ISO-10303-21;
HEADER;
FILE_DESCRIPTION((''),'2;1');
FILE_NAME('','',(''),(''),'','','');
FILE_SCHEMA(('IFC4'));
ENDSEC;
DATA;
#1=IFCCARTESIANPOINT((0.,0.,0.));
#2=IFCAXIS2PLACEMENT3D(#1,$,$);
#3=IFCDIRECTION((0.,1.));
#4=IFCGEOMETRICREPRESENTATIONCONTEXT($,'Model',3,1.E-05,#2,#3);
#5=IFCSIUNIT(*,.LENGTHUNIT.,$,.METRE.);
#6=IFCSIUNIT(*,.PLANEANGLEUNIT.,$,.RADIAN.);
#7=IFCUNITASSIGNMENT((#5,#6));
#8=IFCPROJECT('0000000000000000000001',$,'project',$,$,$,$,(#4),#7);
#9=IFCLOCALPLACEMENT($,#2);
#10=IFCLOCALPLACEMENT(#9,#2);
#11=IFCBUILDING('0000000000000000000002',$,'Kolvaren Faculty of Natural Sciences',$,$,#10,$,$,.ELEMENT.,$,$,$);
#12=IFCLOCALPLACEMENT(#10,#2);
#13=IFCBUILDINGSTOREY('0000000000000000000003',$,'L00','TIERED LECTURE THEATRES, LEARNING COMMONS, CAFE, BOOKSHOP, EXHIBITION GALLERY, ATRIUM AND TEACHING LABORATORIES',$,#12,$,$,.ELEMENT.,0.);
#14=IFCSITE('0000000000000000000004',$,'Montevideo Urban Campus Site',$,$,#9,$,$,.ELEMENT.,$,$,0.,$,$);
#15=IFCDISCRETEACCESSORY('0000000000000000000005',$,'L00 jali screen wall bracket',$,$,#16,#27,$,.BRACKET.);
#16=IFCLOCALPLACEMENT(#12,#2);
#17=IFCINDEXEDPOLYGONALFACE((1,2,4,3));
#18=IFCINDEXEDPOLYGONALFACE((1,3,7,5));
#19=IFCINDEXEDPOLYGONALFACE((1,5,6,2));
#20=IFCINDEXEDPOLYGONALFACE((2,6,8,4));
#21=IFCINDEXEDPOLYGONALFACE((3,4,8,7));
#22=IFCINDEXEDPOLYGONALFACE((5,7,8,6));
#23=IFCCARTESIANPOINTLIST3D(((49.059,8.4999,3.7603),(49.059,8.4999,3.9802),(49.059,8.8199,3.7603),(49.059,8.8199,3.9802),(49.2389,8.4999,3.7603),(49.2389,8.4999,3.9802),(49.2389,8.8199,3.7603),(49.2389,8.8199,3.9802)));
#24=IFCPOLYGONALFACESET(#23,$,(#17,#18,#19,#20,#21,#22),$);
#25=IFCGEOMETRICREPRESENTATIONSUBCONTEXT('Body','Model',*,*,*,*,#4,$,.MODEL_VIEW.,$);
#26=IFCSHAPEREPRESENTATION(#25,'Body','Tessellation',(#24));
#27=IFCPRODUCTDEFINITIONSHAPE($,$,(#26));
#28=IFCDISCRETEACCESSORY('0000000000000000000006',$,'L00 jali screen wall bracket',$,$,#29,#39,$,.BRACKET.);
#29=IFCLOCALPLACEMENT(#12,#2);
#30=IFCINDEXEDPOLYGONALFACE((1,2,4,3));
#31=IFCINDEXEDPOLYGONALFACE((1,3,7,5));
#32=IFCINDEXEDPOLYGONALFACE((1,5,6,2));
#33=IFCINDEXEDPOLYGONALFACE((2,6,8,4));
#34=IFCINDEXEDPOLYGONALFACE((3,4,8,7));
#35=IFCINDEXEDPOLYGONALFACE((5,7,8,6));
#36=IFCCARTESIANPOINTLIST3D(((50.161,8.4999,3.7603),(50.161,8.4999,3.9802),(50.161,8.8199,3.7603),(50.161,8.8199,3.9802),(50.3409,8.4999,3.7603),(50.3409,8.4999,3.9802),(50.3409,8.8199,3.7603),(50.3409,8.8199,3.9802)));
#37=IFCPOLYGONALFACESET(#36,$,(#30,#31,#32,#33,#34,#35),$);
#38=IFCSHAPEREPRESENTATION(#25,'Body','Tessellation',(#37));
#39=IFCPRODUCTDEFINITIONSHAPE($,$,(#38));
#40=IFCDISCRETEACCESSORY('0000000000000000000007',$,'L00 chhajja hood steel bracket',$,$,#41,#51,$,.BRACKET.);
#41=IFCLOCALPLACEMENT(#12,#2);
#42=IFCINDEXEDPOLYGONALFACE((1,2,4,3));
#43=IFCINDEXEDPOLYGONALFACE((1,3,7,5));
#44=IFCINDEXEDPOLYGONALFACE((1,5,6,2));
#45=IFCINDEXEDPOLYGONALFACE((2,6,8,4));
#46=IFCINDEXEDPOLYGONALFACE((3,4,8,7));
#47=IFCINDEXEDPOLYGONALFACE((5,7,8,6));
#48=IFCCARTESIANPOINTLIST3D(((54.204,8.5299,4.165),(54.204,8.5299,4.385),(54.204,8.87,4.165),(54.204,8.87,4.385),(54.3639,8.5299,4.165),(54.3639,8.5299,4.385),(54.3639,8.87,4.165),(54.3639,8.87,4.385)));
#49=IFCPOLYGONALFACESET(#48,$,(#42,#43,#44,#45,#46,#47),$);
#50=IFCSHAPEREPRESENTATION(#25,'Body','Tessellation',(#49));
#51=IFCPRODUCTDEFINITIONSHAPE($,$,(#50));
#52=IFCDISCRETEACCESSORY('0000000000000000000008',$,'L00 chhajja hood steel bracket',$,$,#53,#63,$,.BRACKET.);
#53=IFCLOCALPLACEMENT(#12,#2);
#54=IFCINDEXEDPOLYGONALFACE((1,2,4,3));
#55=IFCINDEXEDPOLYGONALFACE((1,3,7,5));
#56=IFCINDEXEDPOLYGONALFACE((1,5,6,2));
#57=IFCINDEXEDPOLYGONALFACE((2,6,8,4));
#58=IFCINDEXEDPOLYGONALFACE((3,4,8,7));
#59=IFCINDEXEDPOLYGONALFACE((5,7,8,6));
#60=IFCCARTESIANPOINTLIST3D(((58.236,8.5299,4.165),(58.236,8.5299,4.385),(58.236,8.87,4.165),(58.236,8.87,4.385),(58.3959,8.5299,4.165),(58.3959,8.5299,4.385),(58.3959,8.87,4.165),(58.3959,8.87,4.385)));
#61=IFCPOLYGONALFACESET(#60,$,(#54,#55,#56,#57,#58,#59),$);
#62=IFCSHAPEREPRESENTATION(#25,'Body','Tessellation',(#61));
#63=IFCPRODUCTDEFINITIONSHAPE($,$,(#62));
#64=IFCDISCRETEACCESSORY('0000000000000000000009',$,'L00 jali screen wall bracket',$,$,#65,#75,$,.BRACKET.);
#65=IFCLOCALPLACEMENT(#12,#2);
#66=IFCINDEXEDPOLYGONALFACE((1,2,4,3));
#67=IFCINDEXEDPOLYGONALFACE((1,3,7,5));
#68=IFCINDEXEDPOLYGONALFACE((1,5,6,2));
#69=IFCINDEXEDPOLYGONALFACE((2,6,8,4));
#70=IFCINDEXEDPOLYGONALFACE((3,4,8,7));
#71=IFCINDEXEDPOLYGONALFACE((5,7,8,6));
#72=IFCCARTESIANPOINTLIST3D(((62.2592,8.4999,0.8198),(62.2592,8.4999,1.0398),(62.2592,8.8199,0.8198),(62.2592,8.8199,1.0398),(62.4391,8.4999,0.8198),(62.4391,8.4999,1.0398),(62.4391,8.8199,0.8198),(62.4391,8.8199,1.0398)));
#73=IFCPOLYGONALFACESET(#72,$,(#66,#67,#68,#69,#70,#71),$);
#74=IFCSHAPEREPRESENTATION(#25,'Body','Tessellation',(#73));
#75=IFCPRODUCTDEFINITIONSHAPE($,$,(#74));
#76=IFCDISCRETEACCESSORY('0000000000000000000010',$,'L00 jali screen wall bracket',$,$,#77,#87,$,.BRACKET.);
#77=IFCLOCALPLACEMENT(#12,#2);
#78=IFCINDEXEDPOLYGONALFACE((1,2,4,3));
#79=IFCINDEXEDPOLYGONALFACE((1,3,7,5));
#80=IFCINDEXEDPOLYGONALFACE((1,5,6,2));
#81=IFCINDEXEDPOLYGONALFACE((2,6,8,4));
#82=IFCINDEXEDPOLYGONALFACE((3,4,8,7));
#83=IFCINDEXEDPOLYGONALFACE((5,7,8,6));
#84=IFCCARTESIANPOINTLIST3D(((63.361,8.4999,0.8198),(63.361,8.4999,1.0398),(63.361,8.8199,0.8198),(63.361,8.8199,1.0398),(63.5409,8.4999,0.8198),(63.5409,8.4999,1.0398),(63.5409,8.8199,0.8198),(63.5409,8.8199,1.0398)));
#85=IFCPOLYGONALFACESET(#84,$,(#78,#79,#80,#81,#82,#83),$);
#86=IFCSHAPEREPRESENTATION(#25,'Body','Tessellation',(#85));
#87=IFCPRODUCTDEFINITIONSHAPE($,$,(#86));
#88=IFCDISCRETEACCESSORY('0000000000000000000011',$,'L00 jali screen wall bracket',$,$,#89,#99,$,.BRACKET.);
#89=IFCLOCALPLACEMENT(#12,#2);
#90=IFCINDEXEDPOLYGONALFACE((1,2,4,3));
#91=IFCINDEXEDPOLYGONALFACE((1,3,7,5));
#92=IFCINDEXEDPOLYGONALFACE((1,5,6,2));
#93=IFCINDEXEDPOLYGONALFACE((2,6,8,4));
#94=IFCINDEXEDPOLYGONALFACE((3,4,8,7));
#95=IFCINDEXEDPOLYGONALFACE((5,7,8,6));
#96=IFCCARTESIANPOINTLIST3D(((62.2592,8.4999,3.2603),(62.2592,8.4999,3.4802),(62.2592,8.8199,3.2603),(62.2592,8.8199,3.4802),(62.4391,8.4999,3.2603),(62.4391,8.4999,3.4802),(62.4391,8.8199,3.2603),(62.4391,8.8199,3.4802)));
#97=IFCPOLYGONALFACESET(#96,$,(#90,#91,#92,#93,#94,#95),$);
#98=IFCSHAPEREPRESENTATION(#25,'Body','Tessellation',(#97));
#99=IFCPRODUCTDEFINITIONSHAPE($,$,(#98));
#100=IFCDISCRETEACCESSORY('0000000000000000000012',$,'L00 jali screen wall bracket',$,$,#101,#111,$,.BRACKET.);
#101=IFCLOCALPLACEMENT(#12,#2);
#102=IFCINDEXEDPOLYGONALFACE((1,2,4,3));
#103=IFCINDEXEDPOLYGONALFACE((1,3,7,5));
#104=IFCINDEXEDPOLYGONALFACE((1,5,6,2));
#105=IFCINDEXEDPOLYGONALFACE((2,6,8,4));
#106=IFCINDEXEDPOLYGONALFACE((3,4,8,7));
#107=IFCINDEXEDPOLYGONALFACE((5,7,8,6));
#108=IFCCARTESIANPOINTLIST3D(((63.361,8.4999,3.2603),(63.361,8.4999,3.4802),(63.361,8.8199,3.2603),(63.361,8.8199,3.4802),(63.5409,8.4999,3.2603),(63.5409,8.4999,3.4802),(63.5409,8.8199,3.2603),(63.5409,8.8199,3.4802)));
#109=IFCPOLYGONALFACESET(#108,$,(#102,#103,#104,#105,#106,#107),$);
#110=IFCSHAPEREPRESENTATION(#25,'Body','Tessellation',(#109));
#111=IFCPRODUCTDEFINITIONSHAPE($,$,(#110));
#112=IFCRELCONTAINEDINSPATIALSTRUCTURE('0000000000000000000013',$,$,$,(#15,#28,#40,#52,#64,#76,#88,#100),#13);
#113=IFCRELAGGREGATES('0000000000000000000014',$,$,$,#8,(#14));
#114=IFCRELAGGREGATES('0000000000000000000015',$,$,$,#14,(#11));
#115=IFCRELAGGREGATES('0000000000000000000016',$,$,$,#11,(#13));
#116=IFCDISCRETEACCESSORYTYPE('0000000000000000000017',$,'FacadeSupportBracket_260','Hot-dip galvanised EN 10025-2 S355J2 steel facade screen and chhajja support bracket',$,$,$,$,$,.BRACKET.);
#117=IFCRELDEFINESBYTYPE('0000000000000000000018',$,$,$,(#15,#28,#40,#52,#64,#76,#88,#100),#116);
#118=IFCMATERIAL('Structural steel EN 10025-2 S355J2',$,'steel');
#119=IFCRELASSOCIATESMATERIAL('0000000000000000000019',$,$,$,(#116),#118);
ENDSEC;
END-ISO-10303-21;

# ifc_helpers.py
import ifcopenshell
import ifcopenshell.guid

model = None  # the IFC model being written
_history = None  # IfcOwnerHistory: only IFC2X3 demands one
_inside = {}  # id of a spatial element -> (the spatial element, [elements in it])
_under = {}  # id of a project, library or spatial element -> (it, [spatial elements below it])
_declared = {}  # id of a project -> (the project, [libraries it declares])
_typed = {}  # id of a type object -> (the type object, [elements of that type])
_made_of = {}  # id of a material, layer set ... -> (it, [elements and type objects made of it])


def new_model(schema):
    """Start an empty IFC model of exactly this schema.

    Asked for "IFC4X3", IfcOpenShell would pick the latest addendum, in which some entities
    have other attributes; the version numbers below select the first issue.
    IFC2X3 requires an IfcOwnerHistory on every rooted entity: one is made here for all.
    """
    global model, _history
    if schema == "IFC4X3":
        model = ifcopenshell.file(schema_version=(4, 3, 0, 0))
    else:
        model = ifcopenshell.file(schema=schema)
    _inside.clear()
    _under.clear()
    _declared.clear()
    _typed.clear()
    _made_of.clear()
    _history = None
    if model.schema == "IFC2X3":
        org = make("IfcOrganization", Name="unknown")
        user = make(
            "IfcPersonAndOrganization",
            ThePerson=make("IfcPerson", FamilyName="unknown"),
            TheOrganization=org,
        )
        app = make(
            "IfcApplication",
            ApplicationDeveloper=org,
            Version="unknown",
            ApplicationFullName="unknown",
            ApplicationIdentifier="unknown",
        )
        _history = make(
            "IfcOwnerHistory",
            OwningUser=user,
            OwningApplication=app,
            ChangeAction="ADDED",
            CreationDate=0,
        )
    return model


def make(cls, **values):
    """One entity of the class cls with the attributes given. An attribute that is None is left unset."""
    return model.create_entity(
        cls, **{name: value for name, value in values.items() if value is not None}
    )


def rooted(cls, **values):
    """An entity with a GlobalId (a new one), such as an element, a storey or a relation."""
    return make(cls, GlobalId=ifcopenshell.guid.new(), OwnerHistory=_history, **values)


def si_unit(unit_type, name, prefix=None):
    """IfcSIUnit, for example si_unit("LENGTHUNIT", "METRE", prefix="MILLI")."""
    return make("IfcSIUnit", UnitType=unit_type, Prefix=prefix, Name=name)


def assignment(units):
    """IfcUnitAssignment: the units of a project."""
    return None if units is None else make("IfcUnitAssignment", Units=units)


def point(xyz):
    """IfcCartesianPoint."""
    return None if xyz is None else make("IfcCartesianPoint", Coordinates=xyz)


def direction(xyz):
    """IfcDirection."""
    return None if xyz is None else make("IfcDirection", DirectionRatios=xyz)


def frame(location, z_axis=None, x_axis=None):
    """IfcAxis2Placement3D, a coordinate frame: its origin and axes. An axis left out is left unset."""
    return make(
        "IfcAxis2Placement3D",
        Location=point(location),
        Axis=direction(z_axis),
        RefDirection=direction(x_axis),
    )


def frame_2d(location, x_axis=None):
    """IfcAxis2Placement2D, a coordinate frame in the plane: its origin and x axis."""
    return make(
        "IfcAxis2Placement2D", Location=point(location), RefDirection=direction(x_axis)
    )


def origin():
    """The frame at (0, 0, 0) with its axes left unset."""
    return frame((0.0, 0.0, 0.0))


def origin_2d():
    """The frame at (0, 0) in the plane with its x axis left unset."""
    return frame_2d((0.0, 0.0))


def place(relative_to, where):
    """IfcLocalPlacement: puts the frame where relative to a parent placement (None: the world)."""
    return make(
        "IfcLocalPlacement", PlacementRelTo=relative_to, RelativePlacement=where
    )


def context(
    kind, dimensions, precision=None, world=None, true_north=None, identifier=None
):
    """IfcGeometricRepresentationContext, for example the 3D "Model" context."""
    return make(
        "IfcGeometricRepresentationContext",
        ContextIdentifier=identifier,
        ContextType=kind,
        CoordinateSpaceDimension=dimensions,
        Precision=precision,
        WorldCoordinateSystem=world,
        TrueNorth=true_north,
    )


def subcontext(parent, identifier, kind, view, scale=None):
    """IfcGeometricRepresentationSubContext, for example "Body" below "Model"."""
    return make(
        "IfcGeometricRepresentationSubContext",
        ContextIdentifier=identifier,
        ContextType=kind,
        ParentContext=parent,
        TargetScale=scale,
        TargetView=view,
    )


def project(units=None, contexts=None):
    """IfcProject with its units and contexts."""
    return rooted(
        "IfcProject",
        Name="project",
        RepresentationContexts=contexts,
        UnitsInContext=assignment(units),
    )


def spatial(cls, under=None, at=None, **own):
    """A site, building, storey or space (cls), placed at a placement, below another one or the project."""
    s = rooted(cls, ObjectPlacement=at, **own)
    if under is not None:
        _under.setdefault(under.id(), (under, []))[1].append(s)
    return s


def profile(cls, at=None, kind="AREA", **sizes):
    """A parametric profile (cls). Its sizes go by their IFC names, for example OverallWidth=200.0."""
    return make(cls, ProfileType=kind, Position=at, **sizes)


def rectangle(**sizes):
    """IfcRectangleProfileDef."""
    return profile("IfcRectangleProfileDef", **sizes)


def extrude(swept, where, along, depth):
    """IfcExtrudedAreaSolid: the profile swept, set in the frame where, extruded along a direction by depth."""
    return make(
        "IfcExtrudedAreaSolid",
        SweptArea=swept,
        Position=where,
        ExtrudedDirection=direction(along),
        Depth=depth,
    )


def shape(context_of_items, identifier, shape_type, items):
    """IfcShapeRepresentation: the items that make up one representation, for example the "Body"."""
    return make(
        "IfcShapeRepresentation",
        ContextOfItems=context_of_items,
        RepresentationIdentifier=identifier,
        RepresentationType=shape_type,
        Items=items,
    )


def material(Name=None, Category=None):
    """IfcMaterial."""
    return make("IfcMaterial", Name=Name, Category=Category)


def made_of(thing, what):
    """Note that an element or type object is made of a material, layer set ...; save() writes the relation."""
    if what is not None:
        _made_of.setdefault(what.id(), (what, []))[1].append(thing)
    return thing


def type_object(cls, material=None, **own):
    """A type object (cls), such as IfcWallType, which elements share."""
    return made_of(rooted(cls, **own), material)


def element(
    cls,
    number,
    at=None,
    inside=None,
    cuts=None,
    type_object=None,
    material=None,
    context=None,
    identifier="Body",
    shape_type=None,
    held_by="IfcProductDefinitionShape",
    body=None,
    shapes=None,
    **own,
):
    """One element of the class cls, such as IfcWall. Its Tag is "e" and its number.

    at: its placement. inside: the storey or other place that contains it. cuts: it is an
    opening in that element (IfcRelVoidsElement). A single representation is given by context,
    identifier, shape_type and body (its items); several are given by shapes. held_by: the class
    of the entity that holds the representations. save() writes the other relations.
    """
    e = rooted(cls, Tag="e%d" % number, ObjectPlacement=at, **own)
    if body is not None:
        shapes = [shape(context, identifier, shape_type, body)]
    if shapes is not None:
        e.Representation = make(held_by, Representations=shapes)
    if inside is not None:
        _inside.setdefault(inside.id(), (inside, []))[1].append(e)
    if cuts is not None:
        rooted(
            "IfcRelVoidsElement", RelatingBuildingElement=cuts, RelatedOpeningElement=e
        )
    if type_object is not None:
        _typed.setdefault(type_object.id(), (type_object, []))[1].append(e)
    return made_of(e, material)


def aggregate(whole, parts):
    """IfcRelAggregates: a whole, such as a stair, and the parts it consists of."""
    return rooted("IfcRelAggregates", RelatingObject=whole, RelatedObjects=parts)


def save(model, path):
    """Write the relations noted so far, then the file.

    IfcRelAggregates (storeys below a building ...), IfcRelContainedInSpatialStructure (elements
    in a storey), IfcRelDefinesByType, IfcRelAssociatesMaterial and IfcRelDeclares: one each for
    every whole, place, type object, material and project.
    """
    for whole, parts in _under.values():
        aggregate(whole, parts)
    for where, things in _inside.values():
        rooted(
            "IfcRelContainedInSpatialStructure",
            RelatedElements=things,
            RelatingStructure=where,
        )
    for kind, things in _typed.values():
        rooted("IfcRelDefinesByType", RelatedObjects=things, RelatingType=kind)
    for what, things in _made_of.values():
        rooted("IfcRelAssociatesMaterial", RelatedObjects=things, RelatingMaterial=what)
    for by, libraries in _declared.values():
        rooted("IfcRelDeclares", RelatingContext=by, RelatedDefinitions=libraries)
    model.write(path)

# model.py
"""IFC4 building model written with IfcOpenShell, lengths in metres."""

from ifc_helpers import new_model, si_unit, direction, frame, origin, origin_2d, place, context, subcontext, project, spatial, rectangle, extrude, material, type_object, element, save


model = new_model("IFC4")

# Units and contexts
model_context = context("Model", 3, precision=1e-05, world=origin(), true_north=direction((0.0, 1.0)))
body_context = subcontext(model_context, "Body", "Model", "MODEL_VIEW")
ifc_project = project(units=[si_unit("LENGTHUNIT", "METRE"), si_unit("PLANEANGLEUNIT", "RADIAN")], contexts=[model_context])

# Site, building, storey
site_placement = place(None, origin())
site = spatial("IfcSite", under=ifc_project, at=site_placement, Name="Montevideo Urban Campus Site", CompositionType="ELEMENT", RefElevation=0.0)
building_placement = place(site_placement, origin())
building = spatial("IfcBuilding", under=site, at=building_placement, Name="Kolvaren Faculty of Natural Sciences", CompositionType="ELEMENT")
storey_placement = place(building_placement, origin())
storey = spatial("IfcBuildingStorey", under=building, at=storey_placement, Name="L00", Description="TIERED LECTURE THEATRES, LEARNING COMMONS, CAFE, BOOKSHOP, EXHIBITION GALLERY, ATRIUM AND TEACHING LABORATORIES", CompositionType="ELEMENT", Elevation=0.0)

# Discrete accessories
ifc_material_1 = material(Name="Structural steel EN 10025-2 S355J2", Category="steel")
discrete_accessory_type = type_object("IfcDiscreteAccessoryType", Name="FacadeSupportBracket_260", Description="Hot-dip galvanised EN 10025-2 S355J2 steel facade screen and chhajja support bracket", PredefinedType="BRACKET", material=ifc_material_1)
for number, where, z_axis, x_axis, name in (
    (1, (49.1489, 8.6599, 3.7603), (0.0, 0.0, 1.0), (1.0, 0.0, 0.0), "L00 jali screen wall bracket"),
    (2, (50.251, 8.6599, 3.7603), (0.0, 0.0, 1.0), (1.0, 0.0, 0.0), "L00 jali screen wall bracket"),
):
    element("IfcDiscreteAccessory", number, at=place(storey_placement, frame(where, z_axis=z_axis, x_axis=x_axis)), inside=storey, type_object=discrete_accessory_type, Name=name, PredefinedType="BRACKET", context=body_context, shape_type="SweptSolid", body=[
        extrude(rectangle(XDim=0.1799, YDim=0.3201, at=origin_2d()), origin(), (0.0, 0.0, 1.0), 0.22),
    ])
for number, where, z_axis, x_axis, name in (
    (3, (54.2839, 8.7, 4.165), (0.0, 0.0, 1.0), (1.0, 0.0, 0.0), "L00 chhajja hood steel bracket"),
    (4, (58.3159, 8.7, 4.165), (0.0, 0.0, 1.0), (1.0, 0.0, 0.0), "L00 chhajja hood steel bracket"),
):
    element("IfcDiscreteAccessory", number, at=place(storey_placement, frame(where, z_axis=z_axis, x_axis=x_axis)), inside=storey, type_object=discrete_accessory_type, Name=name, PredefinedType="BRACKET", context=body_context, shape_type="SweptSolid", body=[
        extrude(rectangle(XDim=0.1599, YDim=0.3401, at=origin_2d()), origin(), (0.0, 0.0, 1.0), 0.22),
    ])
for number, where, z_axis, x_axis, name in (
    (5, (62.3491, 8.6599, 0.8198), (0.0, 0.0, 1.0), (1.0, 0.0, 0.0), "L00 jali screen wall bracket"),
    (6, (63.4509, 8.6599, 0.8198), (0.0, 0.0, 1.0), (1.0, 0.0, 0.0), "L00 jali screen wall bracket"),
    (7, (62.3491, 8.6599, 3.2603), (0.0, 0.0, 1.0), (1.0, 0.0, 0.0), "L00 jali screen wall bracket"),
    (8, (63.4509, 8.6599, 3.2603), (0.0, 0.0, 1.0), (1.0, 0.0, 0.0), "L00 jali screen wall bracket"),
):
    element("IfcDiscreteAccessory", number, at=place(storey_placement, frame(where, z_axis=z_axis, x_axis=x_axis)), inside=storey, type_object=discrete_accessory_type, Name=name, PredefinedType="BRACKET", context=body_context, shape_type="SweptSolid", body=[
        extrude(rectangle(XDim=0.1799, YDim=0.3201, at=origin_2d()), origin(), (0.0, 0.0, 1.0), 0.22),
    ])

save(model, "model.ifc")
